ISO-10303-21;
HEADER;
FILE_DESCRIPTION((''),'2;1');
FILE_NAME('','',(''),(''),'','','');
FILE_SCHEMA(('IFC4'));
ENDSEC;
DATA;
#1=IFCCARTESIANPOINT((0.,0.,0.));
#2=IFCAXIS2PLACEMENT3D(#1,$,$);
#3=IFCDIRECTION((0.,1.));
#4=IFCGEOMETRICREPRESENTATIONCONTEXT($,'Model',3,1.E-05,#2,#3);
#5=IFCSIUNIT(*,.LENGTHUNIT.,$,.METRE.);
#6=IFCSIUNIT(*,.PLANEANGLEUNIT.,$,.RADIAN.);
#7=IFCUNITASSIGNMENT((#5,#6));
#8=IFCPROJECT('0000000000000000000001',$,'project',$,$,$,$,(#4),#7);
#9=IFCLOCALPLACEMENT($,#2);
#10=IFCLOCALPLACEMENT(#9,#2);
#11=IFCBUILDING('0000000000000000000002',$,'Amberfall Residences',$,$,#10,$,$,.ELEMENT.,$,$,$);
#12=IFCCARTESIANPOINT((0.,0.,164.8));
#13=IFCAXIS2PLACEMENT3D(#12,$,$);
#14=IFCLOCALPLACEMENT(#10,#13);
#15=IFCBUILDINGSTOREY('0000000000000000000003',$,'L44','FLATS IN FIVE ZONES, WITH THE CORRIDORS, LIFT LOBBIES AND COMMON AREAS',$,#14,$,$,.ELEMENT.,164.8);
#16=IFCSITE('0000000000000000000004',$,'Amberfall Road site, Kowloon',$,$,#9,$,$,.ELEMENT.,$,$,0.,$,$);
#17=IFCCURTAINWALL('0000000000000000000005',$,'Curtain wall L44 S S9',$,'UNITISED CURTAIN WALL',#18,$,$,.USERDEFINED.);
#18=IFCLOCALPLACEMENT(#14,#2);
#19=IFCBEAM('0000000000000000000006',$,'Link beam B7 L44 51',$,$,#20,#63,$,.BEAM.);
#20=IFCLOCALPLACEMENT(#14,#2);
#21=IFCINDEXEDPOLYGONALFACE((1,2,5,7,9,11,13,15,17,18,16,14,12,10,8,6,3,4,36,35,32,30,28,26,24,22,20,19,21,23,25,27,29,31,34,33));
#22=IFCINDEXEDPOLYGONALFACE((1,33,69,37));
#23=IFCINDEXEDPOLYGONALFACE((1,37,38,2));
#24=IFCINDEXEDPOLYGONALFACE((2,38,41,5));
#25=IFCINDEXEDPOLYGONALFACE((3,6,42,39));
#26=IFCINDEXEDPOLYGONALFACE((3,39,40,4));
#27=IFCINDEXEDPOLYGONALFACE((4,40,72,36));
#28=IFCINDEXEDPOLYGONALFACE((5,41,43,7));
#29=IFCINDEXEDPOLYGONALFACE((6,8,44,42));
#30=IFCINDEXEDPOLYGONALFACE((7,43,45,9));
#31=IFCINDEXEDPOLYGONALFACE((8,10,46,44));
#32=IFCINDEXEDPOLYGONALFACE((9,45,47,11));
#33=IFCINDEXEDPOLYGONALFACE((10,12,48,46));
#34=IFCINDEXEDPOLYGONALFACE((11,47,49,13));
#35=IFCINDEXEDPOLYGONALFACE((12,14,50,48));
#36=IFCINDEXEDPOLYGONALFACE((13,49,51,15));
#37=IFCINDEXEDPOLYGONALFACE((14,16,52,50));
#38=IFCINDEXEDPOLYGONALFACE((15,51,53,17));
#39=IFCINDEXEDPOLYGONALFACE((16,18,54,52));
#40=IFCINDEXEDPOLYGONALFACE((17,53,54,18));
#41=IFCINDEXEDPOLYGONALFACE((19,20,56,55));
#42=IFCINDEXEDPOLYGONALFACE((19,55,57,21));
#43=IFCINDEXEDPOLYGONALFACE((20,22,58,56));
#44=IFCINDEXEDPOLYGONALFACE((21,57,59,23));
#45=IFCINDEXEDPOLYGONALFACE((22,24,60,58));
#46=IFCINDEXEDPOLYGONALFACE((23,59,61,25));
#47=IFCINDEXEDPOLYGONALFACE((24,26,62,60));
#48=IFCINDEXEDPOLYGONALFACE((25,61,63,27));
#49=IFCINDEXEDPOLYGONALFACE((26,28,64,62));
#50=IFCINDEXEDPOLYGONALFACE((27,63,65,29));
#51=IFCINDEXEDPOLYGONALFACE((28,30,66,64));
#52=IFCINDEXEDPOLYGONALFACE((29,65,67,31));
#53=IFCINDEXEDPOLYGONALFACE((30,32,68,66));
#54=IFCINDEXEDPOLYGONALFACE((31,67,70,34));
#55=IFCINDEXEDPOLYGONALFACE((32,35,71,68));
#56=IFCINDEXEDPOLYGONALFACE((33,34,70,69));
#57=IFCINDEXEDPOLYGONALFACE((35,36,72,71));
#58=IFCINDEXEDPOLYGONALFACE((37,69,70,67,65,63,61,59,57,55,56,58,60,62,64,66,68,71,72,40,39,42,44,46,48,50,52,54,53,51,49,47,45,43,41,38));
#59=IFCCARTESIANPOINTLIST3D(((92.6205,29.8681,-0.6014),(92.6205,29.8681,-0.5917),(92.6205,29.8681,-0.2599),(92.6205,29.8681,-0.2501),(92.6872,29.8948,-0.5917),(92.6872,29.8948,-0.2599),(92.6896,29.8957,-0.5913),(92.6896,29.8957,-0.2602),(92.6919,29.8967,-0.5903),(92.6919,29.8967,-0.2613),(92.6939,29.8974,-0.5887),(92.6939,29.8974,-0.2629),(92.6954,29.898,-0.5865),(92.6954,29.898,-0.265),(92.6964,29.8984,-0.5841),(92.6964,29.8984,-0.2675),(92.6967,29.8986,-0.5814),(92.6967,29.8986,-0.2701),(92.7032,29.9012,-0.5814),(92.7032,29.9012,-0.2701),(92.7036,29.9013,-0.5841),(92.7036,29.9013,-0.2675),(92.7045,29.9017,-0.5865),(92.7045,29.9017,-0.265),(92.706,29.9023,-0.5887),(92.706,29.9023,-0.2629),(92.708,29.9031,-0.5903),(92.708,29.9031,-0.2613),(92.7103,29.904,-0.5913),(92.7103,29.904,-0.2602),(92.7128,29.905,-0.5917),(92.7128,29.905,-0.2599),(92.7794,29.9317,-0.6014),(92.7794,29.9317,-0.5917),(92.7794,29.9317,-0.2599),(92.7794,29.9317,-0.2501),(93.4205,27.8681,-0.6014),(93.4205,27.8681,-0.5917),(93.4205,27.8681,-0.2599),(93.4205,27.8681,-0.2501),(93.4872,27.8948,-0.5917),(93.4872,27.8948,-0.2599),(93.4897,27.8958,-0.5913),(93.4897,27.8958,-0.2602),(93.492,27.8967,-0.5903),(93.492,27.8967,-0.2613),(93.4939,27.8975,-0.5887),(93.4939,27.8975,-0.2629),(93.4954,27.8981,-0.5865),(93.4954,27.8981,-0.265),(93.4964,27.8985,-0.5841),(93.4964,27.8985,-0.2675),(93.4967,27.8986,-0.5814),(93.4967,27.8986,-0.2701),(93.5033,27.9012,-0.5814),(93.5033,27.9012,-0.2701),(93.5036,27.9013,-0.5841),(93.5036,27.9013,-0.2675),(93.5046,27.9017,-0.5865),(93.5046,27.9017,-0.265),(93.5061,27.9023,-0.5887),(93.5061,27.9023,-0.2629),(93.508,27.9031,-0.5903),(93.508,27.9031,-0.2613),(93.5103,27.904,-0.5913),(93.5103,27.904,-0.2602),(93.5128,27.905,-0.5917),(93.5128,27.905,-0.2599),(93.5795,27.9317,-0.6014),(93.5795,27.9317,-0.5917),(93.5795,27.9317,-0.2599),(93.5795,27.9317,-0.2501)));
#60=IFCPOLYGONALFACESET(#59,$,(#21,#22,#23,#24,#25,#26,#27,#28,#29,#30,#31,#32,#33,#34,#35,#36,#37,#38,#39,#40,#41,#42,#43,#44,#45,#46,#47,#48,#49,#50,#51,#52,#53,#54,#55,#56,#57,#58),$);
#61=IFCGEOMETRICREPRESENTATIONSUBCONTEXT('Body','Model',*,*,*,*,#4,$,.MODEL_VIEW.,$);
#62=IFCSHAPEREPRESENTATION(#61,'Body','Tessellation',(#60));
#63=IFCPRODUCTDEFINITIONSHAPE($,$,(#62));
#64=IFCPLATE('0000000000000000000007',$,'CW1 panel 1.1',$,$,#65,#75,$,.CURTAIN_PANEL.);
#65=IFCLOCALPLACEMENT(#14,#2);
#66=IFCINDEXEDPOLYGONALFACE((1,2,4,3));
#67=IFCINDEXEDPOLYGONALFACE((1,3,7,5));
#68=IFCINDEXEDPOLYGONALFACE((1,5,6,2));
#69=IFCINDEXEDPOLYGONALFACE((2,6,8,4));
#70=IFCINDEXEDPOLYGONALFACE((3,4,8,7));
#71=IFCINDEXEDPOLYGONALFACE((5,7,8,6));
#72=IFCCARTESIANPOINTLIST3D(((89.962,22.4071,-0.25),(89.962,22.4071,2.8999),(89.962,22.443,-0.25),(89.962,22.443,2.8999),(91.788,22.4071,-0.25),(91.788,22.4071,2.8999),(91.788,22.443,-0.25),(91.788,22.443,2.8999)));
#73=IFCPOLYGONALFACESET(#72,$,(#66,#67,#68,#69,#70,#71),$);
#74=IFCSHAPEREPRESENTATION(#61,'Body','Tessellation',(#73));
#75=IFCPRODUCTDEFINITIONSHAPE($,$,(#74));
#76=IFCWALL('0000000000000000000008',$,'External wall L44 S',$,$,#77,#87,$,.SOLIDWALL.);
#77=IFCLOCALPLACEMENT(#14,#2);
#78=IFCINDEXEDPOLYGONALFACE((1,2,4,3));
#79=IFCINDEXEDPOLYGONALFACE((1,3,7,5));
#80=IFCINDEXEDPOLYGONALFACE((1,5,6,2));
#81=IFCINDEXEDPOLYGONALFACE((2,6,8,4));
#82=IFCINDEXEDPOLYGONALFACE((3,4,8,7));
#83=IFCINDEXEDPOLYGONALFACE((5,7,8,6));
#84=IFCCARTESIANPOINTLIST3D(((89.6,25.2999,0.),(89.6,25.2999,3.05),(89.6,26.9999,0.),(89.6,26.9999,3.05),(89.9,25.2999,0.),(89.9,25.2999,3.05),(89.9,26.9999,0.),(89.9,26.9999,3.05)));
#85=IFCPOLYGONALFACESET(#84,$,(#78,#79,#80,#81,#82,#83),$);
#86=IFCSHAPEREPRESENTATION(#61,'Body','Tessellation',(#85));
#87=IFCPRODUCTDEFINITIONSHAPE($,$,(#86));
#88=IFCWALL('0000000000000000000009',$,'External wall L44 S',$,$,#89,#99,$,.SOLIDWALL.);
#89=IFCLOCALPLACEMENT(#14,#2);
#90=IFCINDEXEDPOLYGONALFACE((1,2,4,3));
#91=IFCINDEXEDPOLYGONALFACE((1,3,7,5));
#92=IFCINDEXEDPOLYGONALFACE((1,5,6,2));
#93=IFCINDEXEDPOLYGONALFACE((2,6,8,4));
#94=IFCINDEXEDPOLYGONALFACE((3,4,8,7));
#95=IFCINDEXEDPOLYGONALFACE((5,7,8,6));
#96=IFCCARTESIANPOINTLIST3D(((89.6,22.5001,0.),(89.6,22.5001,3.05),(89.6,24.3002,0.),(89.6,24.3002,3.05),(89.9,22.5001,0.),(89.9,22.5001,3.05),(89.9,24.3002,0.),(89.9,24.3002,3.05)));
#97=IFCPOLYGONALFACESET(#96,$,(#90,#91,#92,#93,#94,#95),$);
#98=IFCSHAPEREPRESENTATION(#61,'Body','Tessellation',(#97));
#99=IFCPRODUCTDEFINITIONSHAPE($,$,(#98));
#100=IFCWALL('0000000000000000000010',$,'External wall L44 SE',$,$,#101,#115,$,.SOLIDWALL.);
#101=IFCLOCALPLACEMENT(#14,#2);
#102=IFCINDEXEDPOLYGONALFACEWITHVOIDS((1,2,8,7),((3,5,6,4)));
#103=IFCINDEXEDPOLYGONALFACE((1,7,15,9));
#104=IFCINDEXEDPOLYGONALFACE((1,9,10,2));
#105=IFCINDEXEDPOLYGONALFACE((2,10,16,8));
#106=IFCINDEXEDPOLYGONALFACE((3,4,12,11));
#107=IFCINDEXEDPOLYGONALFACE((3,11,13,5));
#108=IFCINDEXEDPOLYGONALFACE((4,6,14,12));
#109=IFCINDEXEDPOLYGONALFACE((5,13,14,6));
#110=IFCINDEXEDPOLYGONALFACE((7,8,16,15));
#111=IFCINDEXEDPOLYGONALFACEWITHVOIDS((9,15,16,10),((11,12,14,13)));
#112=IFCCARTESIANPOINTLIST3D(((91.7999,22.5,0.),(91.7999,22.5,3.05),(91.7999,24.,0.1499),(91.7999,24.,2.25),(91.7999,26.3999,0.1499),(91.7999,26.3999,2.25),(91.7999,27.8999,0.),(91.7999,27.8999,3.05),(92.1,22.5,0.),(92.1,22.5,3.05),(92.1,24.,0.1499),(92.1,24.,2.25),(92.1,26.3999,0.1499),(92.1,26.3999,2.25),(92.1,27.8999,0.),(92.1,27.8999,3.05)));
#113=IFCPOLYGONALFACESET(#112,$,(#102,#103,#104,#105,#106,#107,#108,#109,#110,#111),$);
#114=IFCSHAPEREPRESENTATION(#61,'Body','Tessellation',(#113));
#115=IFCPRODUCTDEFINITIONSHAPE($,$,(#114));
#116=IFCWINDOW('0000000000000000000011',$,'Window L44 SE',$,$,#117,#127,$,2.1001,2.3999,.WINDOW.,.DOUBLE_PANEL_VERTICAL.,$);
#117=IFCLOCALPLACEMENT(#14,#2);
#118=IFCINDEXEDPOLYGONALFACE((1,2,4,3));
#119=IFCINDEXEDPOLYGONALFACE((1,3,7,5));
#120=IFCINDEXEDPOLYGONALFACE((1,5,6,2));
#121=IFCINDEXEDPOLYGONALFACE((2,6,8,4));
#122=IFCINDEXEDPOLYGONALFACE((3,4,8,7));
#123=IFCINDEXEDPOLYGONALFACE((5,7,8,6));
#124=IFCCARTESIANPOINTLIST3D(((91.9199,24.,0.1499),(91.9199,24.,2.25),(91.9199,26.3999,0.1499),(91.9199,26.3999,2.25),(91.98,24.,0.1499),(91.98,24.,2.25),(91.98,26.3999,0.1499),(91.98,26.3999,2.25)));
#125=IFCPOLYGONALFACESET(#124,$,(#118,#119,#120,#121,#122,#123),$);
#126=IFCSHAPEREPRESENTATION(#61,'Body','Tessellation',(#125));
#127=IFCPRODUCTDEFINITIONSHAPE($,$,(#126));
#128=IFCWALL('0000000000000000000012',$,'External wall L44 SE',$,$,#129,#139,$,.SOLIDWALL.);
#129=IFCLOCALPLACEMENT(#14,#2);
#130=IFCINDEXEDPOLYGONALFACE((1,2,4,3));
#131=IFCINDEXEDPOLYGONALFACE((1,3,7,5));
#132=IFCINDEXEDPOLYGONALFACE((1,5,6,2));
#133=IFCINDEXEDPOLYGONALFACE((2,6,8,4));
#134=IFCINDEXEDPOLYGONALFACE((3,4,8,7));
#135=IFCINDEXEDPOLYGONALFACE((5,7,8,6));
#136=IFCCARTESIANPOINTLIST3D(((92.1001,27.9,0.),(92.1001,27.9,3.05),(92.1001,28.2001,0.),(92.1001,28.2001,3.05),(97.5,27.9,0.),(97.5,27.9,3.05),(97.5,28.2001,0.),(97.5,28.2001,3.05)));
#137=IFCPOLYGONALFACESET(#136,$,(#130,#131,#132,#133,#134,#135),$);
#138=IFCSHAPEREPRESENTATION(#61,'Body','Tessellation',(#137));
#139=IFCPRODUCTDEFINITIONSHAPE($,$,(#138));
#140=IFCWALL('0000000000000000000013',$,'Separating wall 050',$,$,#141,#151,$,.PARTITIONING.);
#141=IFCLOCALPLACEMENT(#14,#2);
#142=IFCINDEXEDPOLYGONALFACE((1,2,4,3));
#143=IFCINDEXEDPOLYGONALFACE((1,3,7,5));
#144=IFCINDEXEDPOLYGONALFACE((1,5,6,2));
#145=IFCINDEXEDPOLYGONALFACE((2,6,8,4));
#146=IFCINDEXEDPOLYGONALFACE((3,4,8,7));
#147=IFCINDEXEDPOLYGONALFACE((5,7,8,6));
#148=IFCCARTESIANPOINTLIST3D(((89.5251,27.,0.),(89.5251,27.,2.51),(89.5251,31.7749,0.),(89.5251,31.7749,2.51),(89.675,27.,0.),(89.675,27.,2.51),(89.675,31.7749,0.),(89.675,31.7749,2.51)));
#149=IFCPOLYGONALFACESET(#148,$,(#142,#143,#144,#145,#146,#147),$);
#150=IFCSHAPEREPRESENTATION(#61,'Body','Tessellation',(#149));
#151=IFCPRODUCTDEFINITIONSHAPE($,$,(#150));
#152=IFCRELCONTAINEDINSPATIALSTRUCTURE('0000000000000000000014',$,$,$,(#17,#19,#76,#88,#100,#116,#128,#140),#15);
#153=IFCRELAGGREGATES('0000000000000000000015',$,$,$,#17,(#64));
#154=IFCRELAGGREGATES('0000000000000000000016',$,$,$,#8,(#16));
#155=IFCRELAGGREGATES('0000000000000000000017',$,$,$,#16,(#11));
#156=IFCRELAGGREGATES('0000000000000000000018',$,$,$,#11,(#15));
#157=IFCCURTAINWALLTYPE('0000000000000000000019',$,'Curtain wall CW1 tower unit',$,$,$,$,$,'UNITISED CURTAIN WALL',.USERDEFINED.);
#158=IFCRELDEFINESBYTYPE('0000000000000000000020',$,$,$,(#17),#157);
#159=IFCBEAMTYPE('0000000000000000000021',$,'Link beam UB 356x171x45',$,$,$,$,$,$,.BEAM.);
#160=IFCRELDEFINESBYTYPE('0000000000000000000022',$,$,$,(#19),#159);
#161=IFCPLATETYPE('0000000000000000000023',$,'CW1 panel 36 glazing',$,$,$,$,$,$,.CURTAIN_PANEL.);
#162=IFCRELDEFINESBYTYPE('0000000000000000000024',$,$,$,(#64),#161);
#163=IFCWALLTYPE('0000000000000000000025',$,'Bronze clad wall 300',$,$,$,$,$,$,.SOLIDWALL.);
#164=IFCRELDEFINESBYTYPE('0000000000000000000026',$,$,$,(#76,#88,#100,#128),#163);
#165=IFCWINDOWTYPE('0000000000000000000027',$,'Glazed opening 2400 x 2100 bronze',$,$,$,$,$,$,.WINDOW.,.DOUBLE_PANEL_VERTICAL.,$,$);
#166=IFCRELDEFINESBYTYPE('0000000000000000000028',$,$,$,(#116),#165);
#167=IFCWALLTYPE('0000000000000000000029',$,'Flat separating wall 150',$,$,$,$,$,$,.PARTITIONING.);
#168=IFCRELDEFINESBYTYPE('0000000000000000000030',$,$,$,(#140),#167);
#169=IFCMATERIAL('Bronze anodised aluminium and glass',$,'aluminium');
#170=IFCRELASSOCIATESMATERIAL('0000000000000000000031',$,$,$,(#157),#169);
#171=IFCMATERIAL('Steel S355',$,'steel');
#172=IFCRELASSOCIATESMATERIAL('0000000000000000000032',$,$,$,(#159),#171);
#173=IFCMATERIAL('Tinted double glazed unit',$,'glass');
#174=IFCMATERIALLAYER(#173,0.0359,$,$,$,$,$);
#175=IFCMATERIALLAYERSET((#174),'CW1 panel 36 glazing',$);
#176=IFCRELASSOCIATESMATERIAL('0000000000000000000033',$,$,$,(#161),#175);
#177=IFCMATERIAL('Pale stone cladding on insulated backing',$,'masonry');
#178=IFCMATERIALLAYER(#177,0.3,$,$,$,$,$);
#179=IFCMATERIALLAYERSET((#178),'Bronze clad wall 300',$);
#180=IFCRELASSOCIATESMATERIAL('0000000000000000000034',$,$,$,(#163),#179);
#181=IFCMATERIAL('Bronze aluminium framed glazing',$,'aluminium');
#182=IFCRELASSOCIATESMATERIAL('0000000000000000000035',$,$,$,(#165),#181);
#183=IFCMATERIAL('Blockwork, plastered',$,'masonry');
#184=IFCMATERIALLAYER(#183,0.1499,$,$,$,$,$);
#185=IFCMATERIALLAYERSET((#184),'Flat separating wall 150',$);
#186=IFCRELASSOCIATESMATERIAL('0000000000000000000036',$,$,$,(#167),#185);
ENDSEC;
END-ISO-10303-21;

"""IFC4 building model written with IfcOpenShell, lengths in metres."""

from ifc_helpers import new_model, si_unit, direction, frame, frame_2d, origin, origin_2d, place, context, subcontext, project, spatial, rectangle, i_section, extrude, material, layer, layer_set, material_profile, profile_set, type_object, element, fill, aggregate, save


model = new_model("IFC4")

# Units and contexts
model_context = context("Model", 3, precision=1e-05, world=origin(), true_north=direction((0.0, 1.0)))
body_context = subcontext(model_context, "Body", "Model", "MODEL_VIEW")
ifc_project = project(units=[si_unit("LENGTHUNIT", "METRE"), si_unit("PLANEANGLEUNIT", "RADIAN")], contexts=[model_context])

# Site, building, storey
site_placement = place(None, origin())
site = spatial("IfcSite", under=ifc_project, at=site_placement, Name="Amberfall Road site, Kowloon", CompositionType="ELEMENT", RefElevation=0.0)
building_placement = place(site_placement, origin())
building = spatial("IfcBuilding", under=site, at=building_placement, Name="Amberfall Residences", CompositionType="ELEMENT")
storey_placement = place(building_placement, frame((0.0, 0.0, 164.8)))
storey = spatial("IfcBuildingStorey", under=building, at=storey_placement, Name="L44", Description="FLATS IN FIVE ZONES, WITH THE CORRIDORS, LIFT LOBBIES AND COMMON AREAS", CompositionType="ELEMENT", Elevation=164.8)

# Curtain wall
ifc_material_1 = material(Name="Bronze anodised aluminium and glass", Category="aluminium")
curtain_wall_type = type_object("IfcCurtainWallType", Name="Curtain wall CW1 tower unit", ElementType="UNITISED CURTAIN WALL", PredefinedType="USERDEFINED", material=ifc_material_1)
curtain_wall_placement = place(storey_placement, origin())
curtain_wall = element("IfcCurtainWall", 1, at=curtain_wall_placement, inside=storey, type_object=curtain_wall_type, Name="Curtain wall L44 S S9", ObjectType="UNITISED CURTAIN WALL", PredefinedType="USERDEFINED")

# Beam
ifc_material_2 = material(Name="Steel S355", Category="steel")
ifc_material_profile_1 = material_profile(ifc_material_2, i_section(OverallWidth=0.1711, OverallDepth=0.3513, WebThickness=0.0071, FlangeThickness=0.0098, FilletRadius=0.0103, at=origin_2d()), Name="UB 356x171x45")
ifc_profile_set_1 = profile_set([ifc_material_profile_1], Name="Steel S355")
beam_type_1 = type_object("IfcBeamType", Name="Link beam UB 356x171x45", PredefinedType="BEAM", material=ifc_profile_set_1)
beam_1_placement = place(storey_placement, frame((93.5, 27.8999, -0.4258), z_axis=(-0.37141, 0.928469, 0.0), x_axis=(-0.928469, -0.37141, 0.0)))
element("IfcBeam", 2, at=beam_1_placement, inside=storey, type_object=beam_type_1, Name="Link beam B7 L44 51", PredefinedType="BEAM", context=body_context, shape_type="SweptSolid", body=[
    extrude(i_section(OverallWidth=0.1711, OverallDepth=0.3513, WebThickness=0.0071, FlangeThickness=0.0098, FilletRadius=0.0103, at=origin_2d()), origin(), (0.0, 0.0, 1.0), 2.1541),
])

# Plate
ifc_material_3 = material(Name="Tinted double glazed unit", Category="glass")
ifc_layer_1 = layer(ifc_material_3, 0.0359)
ifc_layer_set_1 = layer_set([ifc_layer_1], Name="CW1 panel 36 glazing")
plate_type = type_object("IfcPlateType", Name="CW1 panel 36 glazing", PredefinedType="CURTAIN_PANEL", material=ifc_layer_set_1)
plate_placement = place(storey_placement, frame((90.875, 22.425, -0.25), z_axis=(0.0, 0.0, 1.0), x_axis=(1.0, 0.0, 0.0)))
plate = element("IfcPlate", 3, at=plate_placement, type_object=plate_type, Name="CW1 panel 1.1", PredefinedType="CURTAIN_PANEL", context=body_context, shape_type="SweptSolid", body=[
    extrude(rectangle(XDim=1.8259, YDim=0.0359, at=origin_2d()), origin(), (0.0, 0.0, 1.0), 3.1499),
])
aggregate(curtain_wall, [plate])

# Walls
ifc_material_4 = material(Name="Pale stone cladding on insulated backing", Category="masonry")
ifc_layer_2 = layer(ifc_material_4, 0.3)
ifc_layer_set_2 = layer_set([ifc_layer_2], Name="Bronze clad wall 300")
wall_type_1 = type_object("IfcWallType", Name="Bronze clad wall 300", PredefinedType="SOLIDWALL", material=ifc_layer_set_2)
wall_1_placement = place(storey_placement, frame((89.75, 27.0, 0.0), z_axis=(0.0, 0.0, 1.0), x_axis=(0.0, -1.0, 0.0)))
element("IfcWall", 4, at=wall_1_placement, inside=storey, type_object=wall_type_1, Name="External wall L44 S", PredefinedType="SOLIDWALL", context=body_context, shape_type="SweptSolid", body=[
    extrude(rectangle(XDim=1.7, YDim=0.3, at=frame_2d((0.8501, 0.0))), origin(), (0.0, 0.0, 1.0), 3.05),
])
wall_2_placement = place(storey_placement, frame((89.75, 24.3, 0.0), z_axis=(0.0, 0.0, 1.0), x_axis=(0.0, -1.0, 0.0)))
element("IfcWall", 5, at=wall_2_placement, inside=storey, type_object=wall_type_1, Name="External wall L44 S", PredefinedType="SOLIDWALL", context=body_context, shape_type="SweptSolid", body=[
    extrude(rectangle(XDim=1.8, YDim=0.3, at=frame_2d((0.8999, 0.0))), origin(), (0.0, 0.0, 1.0), 3.05),
])

# Wall, opening, window
wall_3_placement = place(storey_placement, frame((91.95, 22.5, 0.0), z_axis=(0.0, 0.0, 1.0), x_axis=(0.0, 1.0, 0.0)))
wall_3 = element("IfcWall", 6, at=wall_3_placement, inside=storey, type_object=wall_type_1, Name="External wall L44 SE", PredefinedType="SOLIDWALL", context=body_context, shape_type="SweptSolid", body=[
    extrude(rectangle(XDim=5.3999, YDim=0.3, at=frame_2d((2.7, 0.0))), origin(), (0.0, 0.0, 1.0), 3.05),
])
opening_placement = place(wall_3_placement, frame((1.5, 0.0, 0.1499)))
opening = element("IfcOpeningElement", 7, at=opening_placement, cuts=wall_3, PredefinedType="OPENING", context=body_context, shape_type="SweptSolid", body=[
    extrude(rectangle(XDim=2.3999, YDim=2.1001, at=frame_2d((1.2, 1.05))), frame((0.0, 0.1599, 0.0), z_axis=(0.0, -1.0, 0.0), x_axis=(1.0, 0.0, 0.0)), (0.0, 0.0, 1.0), 0.3201),
])
ifc_material_5 = material(Name="Bronze aluminium framed glazing", Category="aluminium")
window_type = type_object("IfcWindowType", Name="Glazed opening 2400 x 2100 bronze", PartitioningType="DOUBLE_PANEL_VERTICAL", PredefinedType="WINDOW", material=ifc_material_5)
window_placement = place(opening_placement, origin())
window = element("IfcWindow", 8, at=window_placement, inside=storey, type_object=window_type, Name="Window L44 SE", OverallHeight=2.1001, OverallWidth=2.3999, PartitioningType="DOUBLE_PANEL_VERTICAL", PredefinedType="WINDOW", context=body_context, shape_type="SweptSolid", body=[
    extrude(rectangle(XDim=2.3999, YDim=2.1001, at=frame_2d((1.2, 1.05))), frame((0.0, 0.03, 0.0), z_axis=(0.0, -1.0, 0.0), x_axis=(1.0, 0.0, 0.0)), (0.0, 0.0, 1.0), 0.0601),
])
fill(opening, window)

# Walls
wall_4_placement = place(storey_placement, frame((92.1001, 28.05, 0.0), z_axis=(0.0, 0.0, 1.0), x_axis=(1.0, 0.0, 0.0)))
element("IfcWall", 9, at=wall_4_placement, inside=storey, type_object=wall_type_1, Name="External wall L44 SE", PredefinedType="SOLIDWALL", context=body_context, shape_type="SweptSolid", body=[
    extrude(rectangle(XDim=5.3999, YDim=0.3, at=frame_2d((2.7, 0.0))), origin(), (0.0, 0.0, 1.0), 3.05),
])
ifc_material_6 = material(Name="Blockwork, plastered", Category="masonry")
ifc_layer_3 = layer(ifc_material_6, 0.1499)
ifc_layer_set_3 = layer_set([ifc_layer_3], Name="Flat separating wall 150")
wall_type_2 = type_object("IfcWallType", Name="Flat separating wall 150", PredefinedType="PARTITIONING", material=ifc_layer_set_3)
wall_5_placement = place(storey_placement, frame((89.6001, 27.0, 0.0), z_axis=(0.0, 0.0, 1.0), x_axis=(0.0, 1.0, 0.0)))
element("IfcWall", 10, at=wall_5_placement, inside=storey, type_object=wall_type_2, Name="Separating wall 050", PredefinedType="PARTITIONING", context=body_context, shape_type="SweptSolid", body=[
    extrude(rectangle(XDim=4.7749, YDim=0.1499, at=frame_2d((2.3875, 0.0))), origin(), (0.0, 0.0, 1.0), 2.51),
])

save(model, "model.ifc")
